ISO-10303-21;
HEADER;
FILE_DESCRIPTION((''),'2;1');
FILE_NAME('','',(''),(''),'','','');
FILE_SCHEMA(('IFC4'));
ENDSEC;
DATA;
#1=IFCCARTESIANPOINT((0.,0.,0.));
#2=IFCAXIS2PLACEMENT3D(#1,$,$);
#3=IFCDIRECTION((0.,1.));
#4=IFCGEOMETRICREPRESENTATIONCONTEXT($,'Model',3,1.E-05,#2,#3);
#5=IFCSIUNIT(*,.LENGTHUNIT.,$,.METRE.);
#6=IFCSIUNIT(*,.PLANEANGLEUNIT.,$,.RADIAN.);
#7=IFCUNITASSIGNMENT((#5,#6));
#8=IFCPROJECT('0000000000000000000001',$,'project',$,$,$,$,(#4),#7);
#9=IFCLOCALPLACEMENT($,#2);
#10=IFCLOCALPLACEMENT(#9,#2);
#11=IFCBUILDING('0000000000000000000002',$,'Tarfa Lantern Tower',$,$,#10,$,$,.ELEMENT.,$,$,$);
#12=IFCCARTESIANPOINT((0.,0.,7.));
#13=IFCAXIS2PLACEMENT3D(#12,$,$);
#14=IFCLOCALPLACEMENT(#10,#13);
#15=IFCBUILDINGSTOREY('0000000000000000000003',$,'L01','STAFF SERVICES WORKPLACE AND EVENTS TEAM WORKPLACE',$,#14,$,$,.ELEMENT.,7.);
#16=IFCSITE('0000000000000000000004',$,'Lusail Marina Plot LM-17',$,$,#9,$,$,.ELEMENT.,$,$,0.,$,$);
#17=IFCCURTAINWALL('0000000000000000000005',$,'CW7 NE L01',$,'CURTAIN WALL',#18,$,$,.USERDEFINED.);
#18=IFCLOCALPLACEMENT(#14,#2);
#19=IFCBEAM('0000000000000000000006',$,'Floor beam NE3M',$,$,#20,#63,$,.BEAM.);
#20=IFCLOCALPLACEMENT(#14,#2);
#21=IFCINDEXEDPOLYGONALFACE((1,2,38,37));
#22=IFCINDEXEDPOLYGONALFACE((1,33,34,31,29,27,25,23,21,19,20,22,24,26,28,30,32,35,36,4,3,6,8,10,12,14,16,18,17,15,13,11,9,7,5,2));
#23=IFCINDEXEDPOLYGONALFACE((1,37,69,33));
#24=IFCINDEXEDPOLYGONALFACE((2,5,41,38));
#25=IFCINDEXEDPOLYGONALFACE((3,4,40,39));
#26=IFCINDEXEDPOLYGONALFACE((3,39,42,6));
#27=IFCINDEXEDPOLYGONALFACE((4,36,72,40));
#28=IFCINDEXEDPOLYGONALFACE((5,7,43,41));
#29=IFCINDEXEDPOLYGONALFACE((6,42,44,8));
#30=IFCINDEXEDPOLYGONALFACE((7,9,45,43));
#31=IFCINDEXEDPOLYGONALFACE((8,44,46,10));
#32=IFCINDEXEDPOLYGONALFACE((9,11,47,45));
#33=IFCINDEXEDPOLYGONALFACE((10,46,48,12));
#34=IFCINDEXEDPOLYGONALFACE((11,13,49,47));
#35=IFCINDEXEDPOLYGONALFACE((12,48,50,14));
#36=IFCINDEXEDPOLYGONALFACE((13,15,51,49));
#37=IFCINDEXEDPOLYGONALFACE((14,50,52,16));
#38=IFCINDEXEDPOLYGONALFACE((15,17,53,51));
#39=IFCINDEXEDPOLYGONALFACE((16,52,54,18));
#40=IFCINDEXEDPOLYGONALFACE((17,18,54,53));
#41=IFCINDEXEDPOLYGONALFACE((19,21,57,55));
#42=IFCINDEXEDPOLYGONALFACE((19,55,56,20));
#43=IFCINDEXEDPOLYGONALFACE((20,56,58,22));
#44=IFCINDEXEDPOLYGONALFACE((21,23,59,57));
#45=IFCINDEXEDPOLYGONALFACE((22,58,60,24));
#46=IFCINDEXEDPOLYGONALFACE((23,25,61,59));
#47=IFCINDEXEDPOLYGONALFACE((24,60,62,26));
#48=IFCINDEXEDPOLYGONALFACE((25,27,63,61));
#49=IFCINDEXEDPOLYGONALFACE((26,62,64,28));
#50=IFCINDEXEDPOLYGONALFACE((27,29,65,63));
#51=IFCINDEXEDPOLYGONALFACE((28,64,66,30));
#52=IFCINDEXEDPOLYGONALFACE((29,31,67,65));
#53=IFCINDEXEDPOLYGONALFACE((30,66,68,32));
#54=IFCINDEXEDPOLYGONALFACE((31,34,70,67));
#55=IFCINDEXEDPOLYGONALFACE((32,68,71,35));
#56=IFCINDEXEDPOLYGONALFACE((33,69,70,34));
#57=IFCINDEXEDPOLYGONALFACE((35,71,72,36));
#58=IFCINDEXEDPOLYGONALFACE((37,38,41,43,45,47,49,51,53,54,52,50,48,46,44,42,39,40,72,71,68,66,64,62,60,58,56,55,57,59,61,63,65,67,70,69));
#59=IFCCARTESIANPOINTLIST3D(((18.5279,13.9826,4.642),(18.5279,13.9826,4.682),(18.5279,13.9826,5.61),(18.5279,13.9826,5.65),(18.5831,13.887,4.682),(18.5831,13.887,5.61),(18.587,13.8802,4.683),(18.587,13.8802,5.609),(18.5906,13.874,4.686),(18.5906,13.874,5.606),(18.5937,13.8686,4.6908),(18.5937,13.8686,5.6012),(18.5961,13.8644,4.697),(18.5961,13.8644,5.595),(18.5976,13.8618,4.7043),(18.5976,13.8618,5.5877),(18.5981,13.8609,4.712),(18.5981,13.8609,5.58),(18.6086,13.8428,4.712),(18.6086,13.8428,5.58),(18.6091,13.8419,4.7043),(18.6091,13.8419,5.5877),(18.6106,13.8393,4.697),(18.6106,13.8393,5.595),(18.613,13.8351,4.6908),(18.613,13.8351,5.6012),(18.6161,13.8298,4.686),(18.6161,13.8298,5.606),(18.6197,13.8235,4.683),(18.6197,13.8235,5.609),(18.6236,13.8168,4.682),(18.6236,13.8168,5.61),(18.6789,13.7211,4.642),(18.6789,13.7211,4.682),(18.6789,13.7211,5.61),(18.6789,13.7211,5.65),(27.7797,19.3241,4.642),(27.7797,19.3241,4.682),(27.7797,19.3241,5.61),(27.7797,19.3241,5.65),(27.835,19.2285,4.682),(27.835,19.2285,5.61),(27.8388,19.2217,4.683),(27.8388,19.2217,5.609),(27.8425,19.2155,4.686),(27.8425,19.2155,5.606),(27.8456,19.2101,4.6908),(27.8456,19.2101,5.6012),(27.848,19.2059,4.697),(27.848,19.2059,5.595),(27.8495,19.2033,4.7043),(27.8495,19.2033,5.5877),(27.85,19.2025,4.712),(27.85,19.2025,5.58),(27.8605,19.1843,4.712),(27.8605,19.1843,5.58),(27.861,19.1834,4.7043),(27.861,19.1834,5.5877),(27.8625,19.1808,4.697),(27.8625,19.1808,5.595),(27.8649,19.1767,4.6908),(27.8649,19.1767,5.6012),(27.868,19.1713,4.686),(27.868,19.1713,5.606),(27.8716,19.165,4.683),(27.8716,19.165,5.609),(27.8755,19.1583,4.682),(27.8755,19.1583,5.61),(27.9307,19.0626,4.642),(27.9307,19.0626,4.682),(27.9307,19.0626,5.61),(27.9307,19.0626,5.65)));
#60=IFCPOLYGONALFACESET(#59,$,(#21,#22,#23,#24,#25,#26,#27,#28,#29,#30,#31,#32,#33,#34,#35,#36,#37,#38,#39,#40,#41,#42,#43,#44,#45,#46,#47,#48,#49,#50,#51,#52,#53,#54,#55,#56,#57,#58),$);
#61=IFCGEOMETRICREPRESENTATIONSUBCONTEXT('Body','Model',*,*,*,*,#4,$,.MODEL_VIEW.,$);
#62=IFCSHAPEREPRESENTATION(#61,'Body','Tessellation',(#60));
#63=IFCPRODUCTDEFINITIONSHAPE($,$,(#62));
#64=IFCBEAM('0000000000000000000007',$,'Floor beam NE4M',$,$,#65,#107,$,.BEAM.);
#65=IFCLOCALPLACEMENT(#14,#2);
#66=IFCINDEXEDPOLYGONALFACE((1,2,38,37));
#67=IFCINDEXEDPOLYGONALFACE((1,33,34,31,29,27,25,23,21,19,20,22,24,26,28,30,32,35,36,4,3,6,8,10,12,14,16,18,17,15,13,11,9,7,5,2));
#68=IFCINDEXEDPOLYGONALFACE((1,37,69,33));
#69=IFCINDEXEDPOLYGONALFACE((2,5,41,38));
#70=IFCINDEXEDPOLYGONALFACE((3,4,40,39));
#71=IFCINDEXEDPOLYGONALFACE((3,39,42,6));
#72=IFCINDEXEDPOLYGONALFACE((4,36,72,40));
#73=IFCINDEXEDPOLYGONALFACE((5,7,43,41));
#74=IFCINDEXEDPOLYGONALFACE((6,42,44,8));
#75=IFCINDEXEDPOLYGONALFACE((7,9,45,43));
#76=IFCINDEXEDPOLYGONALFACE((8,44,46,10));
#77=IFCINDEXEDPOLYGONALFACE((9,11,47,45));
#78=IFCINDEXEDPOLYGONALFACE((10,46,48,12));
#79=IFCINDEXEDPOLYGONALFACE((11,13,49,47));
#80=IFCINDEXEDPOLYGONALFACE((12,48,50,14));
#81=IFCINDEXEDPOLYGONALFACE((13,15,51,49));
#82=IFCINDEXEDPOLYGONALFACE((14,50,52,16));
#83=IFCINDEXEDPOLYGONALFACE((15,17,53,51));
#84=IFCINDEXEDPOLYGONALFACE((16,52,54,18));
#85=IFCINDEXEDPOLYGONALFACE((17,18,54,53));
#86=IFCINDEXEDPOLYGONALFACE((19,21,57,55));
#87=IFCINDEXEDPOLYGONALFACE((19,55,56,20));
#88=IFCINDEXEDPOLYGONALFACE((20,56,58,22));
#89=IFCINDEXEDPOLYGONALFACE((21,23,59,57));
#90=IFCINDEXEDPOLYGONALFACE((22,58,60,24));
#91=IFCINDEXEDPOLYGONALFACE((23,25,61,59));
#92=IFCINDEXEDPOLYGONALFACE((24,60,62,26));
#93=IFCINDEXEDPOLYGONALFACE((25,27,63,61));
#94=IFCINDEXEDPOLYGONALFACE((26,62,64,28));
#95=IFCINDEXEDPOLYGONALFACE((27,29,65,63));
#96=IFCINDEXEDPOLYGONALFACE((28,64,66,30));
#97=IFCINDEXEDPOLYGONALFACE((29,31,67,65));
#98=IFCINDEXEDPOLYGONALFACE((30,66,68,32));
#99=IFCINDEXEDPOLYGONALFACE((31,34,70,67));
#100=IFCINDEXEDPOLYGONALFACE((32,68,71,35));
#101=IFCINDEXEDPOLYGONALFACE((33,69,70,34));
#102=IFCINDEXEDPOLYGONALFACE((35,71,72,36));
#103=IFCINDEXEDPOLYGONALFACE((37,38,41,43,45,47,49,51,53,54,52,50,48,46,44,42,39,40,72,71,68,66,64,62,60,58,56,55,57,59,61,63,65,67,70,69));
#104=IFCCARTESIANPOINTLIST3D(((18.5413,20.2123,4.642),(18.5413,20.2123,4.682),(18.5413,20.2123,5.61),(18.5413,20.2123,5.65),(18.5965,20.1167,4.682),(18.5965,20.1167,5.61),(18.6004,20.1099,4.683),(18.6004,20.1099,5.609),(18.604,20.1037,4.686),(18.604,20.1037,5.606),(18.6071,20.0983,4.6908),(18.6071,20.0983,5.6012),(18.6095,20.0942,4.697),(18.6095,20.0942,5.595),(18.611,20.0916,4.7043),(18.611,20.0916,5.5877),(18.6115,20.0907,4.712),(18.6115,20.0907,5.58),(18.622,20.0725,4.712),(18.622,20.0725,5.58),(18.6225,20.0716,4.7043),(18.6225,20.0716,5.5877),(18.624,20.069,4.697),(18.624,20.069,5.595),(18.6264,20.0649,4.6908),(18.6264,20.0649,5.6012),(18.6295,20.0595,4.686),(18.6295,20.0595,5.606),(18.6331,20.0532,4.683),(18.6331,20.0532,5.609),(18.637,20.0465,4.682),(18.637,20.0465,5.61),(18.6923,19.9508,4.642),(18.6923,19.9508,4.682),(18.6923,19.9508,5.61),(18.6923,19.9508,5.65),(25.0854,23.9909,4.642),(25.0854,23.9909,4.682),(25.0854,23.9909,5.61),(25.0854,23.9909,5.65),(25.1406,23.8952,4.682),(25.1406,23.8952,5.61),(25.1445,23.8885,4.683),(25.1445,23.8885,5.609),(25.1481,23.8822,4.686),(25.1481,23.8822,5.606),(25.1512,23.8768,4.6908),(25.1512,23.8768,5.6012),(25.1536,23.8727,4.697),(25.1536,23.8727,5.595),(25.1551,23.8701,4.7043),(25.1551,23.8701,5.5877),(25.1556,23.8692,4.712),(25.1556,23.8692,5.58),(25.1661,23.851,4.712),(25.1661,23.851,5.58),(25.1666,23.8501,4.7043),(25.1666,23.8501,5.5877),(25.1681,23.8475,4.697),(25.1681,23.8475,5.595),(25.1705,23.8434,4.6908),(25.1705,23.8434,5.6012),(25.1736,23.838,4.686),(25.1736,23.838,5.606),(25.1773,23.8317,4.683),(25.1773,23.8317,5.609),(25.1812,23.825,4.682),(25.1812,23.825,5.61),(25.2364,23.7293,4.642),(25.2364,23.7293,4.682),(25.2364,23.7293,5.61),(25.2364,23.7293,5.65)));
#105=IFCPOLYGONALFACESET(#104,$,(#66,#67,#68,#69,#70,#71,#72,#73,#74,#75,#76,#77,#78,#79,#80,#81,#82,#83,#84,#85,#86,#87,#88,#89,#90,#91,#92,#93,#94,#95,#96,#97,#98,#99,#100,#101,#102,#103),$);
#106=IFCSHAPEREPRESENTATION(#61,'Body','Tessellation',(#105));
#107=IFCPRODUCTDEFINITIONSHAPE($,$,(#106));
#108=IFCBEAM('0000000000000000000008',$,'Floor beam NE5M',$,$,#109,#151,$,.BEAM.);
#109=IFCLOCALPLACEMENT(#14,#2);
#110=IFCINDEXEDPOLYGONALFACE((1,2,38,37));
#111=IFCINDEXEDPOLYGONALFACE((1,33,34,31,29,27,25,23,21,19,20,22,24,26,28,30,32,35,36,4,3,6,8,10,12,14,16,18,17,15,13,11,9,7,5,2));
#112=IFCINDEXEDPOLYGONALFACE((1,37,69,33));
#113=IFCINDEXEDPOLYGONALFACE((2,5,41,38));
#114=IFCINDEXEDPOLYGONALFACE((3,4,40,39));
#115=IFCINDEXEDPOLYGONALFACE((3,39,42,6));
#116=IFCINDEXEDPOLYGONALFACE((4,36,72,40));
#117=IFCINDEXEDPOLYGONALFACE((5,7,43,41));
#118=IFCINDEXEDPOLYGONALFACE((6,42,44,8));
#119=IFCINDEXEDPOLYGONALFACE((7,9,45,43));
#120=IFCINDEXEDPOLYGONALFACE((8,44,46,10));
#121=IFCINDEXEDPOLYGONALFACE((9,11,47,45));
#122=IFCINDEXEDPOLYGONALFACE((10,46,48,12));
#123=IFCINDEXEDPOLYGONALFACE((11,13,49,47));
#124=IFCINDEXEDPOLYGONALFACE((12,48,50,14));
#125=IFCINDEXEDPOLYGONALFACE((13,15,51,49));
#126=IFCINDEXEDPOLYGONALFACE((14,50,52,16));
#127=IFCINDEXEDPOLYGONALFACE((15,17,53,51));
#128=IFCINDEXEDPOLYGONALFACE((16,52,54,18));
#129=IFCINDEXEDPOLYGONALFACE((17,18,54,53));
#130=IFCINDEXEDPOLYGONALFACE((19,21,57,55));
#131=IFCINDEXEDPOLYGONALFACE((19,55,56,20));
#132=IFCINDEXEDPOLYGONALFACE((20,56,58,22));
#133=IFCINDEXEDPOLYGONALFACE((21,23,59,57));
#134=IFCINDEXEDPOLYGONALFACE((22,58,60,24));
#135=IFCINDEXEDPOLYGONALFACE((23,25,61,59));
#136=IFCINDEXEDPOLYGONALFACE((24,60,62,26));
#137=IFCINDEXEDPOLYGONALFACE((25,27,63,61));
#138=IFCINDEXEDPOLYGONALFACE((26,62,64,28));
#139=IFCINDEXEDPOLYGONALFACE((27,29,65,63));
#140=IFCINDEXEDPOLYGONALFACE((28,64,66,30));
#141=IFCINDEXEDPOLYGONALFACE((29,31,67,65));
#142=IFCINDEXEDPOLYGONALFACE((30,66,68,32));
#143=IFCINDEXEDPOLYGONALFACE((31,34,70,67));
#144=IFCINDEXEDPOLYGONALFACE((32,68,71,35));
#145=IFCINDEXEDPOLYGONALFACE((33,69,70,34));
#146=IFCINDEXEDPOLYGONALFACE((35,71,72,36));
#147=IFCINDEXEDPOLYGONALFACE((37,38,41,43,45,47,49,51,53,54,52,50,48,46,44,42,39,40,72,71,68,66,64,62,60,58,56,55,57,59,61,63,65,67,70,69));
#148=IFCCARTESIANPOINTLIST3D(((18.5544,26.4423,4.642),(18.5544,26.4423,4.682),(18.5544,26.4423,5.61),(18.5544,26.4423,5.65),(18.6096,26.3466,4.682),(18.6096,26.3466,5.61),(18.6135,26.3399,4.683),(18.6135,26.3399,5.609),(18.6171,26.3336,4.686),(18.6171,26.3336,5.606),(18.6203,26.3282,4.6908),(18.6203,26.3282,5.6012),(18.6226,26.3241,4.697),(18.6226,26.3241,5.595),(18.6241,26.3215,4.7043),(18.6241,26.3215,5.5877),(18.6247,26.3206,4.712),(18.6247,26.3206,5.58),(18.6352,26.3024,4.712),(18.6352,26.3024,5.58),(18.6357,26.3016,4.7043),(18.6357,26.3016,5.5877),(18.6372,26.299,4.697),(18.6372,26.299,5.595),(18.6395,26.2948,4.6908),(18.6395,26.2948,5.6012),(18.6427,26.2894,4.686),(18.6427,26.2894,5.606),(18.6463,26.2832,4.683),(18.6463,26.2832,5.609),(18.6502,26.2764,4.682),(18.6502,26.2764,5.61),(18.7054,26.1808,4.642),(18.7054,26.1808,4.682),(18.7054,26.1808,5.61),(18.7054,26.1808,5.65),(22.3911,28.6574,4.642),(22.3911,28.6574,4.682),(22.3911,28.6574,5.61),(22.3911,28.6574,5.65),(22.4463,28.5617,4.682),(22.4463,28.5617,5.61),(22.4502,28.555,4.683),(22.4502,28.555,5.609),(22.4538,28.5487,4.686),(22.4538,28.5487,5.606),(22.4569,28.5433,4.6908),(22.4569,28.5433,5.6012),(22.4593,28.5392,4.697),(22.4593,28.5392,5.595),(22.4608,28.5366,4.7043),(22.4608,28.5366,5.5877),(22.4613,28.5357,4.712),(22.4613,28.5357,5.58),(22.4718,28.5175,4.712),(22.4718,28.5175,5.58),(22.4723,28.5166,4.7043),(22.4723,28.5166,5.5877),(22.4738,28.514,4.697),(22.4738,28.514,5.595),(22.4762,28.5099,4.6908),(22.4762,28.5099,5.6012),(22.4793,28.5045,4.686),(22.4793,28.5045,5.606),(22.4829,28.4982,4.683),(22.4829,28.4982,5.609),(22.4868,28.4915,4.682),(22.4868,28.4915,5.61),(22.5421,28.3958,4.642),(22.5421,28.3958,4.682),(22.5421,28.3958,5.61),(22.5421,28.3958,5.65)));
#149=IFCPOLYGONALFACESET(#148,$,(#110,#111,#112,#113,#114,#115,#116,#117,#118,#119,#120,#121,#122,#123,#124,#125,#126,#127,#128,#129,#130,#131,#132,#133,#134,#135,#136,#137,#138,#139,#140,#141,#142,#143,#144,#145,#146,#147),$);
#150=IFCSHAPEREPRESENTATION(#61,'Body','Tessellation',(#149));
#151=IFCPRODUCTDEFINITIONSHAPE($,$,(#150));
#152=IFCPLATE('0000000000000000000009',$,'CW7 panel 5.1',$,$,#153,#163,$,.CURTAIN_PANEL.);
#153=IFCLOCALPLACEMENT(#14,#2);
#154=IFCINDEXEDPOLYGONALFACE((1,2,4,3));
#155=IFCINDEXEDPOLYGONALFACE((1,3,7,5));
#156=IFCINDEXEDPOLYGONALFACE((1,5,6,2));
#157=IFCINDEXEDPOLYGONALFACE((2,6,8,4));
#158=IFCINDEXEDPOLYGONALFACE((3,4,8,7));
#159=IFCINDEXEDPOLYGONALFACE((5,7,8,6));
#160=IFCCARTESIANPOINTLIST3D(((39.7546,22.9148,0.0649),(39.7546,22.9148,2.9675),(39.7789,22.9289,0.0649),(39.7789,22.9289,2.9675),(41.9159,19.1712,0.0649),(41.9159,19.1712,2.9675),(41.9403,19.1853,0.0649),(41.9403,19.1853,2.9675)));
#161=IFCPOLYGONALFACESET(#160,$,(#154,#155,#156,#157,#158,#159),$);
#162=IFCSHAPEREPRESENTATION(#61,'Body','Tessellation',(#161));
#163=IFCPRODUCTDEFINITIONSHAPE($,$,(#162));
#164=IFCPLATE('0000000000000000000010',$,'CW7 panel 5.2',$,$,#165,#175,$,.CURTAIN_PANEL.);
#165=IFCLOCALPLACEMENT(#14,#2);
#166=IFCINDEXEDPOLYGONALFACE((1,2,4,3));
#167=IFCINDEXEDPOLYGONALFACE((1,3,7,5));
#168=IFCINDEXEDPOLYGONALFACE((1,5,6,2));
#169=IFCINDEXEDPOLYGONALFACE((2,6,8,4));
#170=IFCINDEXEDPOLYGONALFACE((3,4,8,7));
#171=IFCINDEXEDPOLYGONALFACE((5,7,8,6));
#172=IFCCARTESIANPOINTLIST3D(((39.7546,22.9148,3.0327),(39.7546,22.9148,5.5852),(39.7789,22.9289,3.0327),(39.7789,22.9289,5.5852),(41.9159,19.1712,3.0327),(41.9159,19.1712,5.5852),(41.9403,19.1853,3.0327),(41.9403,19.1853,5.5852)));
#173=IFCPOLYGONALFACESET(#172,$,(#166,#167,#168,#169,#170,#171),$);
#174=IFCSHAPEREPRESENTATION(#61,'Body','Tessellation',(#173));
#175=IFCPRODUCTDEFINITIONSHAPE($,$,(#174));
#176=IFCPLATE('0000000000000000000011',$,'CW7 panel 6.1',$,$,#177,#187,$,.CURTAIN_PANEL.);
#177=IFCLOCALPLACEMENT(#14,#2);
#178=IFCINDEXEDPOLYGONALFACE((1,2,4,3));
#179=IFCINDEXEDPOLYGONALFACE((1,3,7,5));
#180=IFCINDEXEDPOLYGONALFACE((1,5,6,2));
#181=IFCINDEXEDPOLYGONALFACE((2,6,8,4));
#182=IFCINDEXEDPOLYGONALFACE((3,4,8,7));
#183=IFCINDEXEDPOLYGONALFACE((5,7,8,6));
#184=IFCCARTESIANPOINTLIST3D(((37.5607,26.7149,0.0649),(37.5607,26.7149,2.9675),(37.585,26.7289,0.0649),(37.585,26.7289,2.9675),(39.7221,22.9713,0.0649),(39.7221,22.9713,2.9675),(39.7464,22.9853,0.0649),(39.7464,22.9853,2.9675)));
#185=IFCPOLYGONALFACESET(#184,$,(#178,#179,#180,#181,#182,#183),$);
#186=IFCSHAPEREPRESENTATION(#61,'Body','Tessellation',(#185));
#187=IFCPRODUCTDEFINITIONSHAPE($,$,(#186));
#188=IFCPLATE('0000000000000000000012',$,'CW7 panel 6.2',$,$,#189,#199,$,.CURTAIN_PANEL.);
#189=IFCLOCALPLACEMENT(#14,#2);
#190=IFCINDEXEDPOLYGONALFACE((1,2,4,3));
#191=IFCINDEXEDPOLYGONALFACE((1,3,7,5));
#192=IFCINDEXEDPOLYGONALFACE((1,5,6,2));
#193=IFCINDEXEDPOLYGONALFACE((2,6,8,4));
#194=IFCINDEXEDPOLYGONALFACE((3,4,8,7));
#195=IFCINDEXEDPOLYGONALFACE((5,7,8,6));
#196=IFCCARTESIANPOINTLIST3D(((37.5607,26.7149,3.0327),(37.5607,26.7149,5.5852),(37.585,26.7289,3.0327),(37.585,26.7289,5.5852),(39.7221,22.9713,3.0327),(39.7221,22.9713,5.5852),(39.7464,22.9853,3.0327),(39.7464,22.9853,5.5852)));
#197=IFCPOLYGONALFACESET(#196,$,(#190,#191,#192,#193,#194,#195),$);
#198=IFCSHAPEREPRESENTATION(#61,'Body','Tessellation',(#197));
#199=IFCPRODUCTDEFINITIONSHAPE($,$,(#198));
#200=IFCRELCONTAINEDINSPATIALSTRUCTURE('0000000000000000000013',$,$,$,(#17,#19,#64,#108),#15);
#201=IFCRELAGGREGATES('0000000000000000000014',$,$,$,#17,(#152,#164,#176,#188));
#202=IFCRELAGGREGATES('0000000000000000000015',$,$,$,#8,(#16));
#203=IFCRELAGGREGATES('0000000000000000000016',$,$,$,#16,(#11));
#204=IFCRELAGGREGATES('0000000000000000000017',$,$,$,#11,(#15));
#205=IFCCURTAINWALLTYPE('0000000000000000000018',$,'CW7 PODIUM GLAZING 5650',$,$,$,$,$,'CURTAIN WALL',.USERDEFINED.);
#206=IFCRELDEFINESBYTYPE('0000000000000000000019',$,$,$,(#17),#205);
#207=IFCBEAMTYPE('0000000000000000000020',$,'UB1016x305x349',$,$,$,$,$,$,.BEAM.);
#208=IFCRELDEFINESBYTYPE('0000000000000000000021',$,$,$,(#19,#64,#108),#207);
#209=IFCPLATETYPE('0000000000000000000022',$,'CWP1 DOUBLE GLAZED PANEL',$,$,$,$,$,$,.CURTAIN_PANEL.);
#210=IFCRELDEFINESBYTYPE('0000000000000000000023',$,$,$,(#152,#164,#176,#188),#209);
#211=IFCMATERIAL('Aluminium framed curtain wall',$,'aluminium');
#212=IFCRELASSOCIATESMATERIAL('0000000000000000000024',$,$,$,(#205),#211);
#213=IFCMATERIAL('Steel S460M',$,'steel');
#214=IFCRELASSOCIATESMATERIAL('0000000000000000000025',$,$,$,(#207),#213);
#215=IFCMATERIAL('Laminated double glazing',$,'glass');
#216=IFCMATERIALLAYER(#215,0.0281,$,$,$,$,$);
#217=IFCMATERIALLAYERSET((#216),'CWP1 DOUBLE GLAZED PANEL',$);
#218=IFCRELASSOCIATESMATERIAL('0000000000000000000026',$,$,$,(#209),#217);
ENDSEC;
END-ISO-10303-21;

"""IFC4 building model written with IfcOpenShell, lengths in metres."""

from ifc_helpers import new_model, si_unit, direction, frame, origin, origin_2d, place, context, subcontext, project, spatial, rectangle, i_section, extrude, material, layer, layer_set, material_profile, profile_set, type_object, element, aggregate, save


model = new_model("IFC4")

# Units and contexts
model_context = context("Model", 3, precision=1e-05, world=origin(), true_north=direction((0.0, 1.0)))
body_context = subcontext(model_context, "Body", "Model", "MODEL_VIEW")
ifc_project = project(units=[si_unit("LENGTHUNIT", "METRE"), si_unit("PLANEANGLEUNIT", "RADIAN")], contexts=[model_context])

# Site, building, storey
site_placement = place(None, origin())
site = spatial("IfcSite", under=ifc_project, at=site_placement, Name="Lusail Marina Plot LM-17", CompositionType="ELEMENT", RefElevation=0.0)
building_placement = place(site_placement, origin())
building = spatial("IfcBuilding", under=site, at=building_placement, Name="Tarfa Lantern Tower", CompositionType="ELEMENT")
storey_placement = place(building_placement, frame((0.0, 0.0, 7.0)))
storey = spatial("IfcBuildingStorey", under=building, at=storey_placement, Name="L01", Description="STAFF SERVICES WORKPLACE AND EVENTS TEAM WORKPLACE", CompositionType="ELEMENT", Elevation=7.0)

# Curtain wall
ifc_material_1 = material(Name="Aluminium framed curtain wall", Category="aluminium")
curtain_wall_type = type_object("IfcCurtainWallType", Name="CW7 PODIUM GLAZING 5650", ElementType="CURTAIN WALL", PredefinedType="USERDEFINED", material=ifc_material_1)
curtain_wall_1_placement = place(storey_placement, origin())
curtain_wall_1 = element("IfcCurtainWall", 1, at=curtain_wall_1_placement, inside=storey, type_object=curtain_wall_type, Name="CW7 NE L01", ObjectType="CURTAIN WALL", PredefinedType="USERDEFINED")

# Beams
ifc_material_2 = material(Name="Steel S460M", Category="steel")
ifc_material_profile_1 = material_profile(ifc_material_2, i_section(OverallWidth=0.302, OverallDepth=1.0081, WebThickness=0.021, FlangeThickness=0.04, FilletRadius=0.03, at=origin_2d()), Name="UB1016x305x349")
ifc_profile_set_1 = profile_set([ifc_material_profile_1], Name="Steel S460M")
beam_type_1 = type_object("IfcBeamType", Name="UB1016x305x349", PredefinedType="BEAM", material=ifc_profile_set_1)
beam_1_placement = place(storey_placement, frame((27.8552, 19.1934, 5.146), z_axis=(-0.866028, -0.499995, 0.0), x_axis=(0.499995, -0.866028, 0.0)))
element("IfcBeam", 2, at=beam_1_placement, inside=storey, type_object=beam_type_1, Name="Floor beam NE3M", PredefinedType="BEAM", context=body_context, shape_type="SweptSolid", body=[
    extrude(i_section(OverallWidth=0.302, OverallDepth=1.0081, WebThickness=0.021, FlangeThickness=0.04, FilletRadius=0.03, at=origin_2d()), origin(), (0.0, 0.0, 1.0), 10.6831),
])
beam_2_placement = place(storey_placement, frame((25.1609, 23.8601, 5.146), z_axis=(-0.86601, -0.500027, 0.0), x_axis=(0.500027, -0.86601, 0.0)))
element("IfcBeam", 3, at=beam_2_placement, inside=storey, type_object=beam_type_1, Name="Floor beam NE4M", PredefinedType="BEAM", context=body_context, shape_type="SweptSolid", body=[
    extrude(i_section(OverallWidth=0.302, OverallDepth=1.0081, WebThickness=0.021, FlangeThickness=0.04, FilletRadius=0.03, at=origin_2d()), origin(), (0.0, 0.0, 1.0), 7.5566),
])
beam_3_placement = place(storey_placement, frame((22.4666, 28.5266, 5.146), z_axis=(-0.866027, -0.499998, 0.0), x_axis=(0.499998, -0.866027, 0.0)))
element("IfcBeam", 4, at=beam_3_placement, inside=storey, type_object=beam_type_1, Name="Floor beam NE5M", PredefinedType="BEAM", context=body_context, shape_type="SweptSolid", body=[
    extrude(i_section(OverallWidth=0.302, OverallDepth=1.0081, WebThickness=0.021, FlangeThickness=0.04, FilletRadius=0.03, at=origin_2d()), origin(), (0.0, 0.0, 1.0), 4.4302),
])

# Plates
ifc_material_3 = material(Name="Laminated double glazing", Category="glass")
ifc_layer = layer(ifc_material_3, 0.0281)
ifc_layer_set = layer_set([ifc_layer], Name="CWP1 DOUBLE GLAZED PANEL")
plate_type = type_object("IfcPlateType", Name="CWP1 DOUBLE GLAZED PANEL", PredefinedType="CURTAIN_PANEL", material=ifc_layer_set)
plate_1_placement = place(storey_placement, frame((40.8474, 21.05, 0.0649), z_axis=(0.0, 0.0, 1.0), x_axis=(-0.5, 0.866025, 0.0)))
plate_1 = element("IfcPlate", 5, at=plate_1_placement, type_object=plate_type, Name="CW7 panel 5.1", PredefinedType="CURTAIN_PANEL", context=body_context, shape_type="SweptSolid", body=[
    extrude(rectangle(XDim=4.3228, YDim=0.0281, at=origin_2d()), origin(), (0.0, 0.0, 1.0), 2.9026),
])
plate_2_placement = place(storey_placement, frame((40.8474, 21.05, 3.0327), z_axis=(0.0, 0.0, 1.0), x_axis=(-0.5, 0.866025, 0.0)))
plate_2 = element("IfcPlate", 6, at=plate_2_placement, type_object=plate_type, Name="CW7 panel 5.2", PredefinedType="CURTAIN_PANEL", context=body_context, shape_type="SweptSolid", body=[
    extrude(rectangle(XDim=4.3228, YDim=0.0281, at=origin_2d()), origin(), (0.0, 0.0, 1.0), 2.5525),
])
plate_3_placement = place(storey_placement, frame((38.6536, 24.8501, 0.0649), z_axis=(0.0, 0.0, 1.0), x_axis=(-0.5, 0.866025, 0.0)))
plate_3 = element("IfcPlate", 7, at=plate_3_placement, type_object=plate_type, Name="CW7 panel 6.1", PredefinedType="CURTAIN_PANEL", context=body_context, shape_type="SweptSolid", body=[
    extrude(rectangle(XDim=4.3228, YDim=0.0281, at=origin_2d()), origin(), (0.0, 0.0, 1.0), 2.9026),
])
plate_4_placement = place(storey_placement, frame((38.6536, 24.8501, 3.0327), z_axis=(0.0, 0.0, 1.0), x_axis=(-0.5, 0.866025, 0.0)))
plate_4 = element("IfcPlate", 8, at=plate_4_placement, type_object=plate_type, Name="CW7 panel 6.2", PredefinedType="CURTAIN_PANEL", context=body_context, shape_type="SweptSolid", body=[
    extrude(rectangle(XDim=4.3228, YDim=0.0281, at=origin_2d()), origin(), (0.0, 0.0, 1.0), 2.5525),
])
aggregate(curtain_wall_1, [plate_1, plate_2, plate_3, plate_4])

save(model, "model.ifc")
